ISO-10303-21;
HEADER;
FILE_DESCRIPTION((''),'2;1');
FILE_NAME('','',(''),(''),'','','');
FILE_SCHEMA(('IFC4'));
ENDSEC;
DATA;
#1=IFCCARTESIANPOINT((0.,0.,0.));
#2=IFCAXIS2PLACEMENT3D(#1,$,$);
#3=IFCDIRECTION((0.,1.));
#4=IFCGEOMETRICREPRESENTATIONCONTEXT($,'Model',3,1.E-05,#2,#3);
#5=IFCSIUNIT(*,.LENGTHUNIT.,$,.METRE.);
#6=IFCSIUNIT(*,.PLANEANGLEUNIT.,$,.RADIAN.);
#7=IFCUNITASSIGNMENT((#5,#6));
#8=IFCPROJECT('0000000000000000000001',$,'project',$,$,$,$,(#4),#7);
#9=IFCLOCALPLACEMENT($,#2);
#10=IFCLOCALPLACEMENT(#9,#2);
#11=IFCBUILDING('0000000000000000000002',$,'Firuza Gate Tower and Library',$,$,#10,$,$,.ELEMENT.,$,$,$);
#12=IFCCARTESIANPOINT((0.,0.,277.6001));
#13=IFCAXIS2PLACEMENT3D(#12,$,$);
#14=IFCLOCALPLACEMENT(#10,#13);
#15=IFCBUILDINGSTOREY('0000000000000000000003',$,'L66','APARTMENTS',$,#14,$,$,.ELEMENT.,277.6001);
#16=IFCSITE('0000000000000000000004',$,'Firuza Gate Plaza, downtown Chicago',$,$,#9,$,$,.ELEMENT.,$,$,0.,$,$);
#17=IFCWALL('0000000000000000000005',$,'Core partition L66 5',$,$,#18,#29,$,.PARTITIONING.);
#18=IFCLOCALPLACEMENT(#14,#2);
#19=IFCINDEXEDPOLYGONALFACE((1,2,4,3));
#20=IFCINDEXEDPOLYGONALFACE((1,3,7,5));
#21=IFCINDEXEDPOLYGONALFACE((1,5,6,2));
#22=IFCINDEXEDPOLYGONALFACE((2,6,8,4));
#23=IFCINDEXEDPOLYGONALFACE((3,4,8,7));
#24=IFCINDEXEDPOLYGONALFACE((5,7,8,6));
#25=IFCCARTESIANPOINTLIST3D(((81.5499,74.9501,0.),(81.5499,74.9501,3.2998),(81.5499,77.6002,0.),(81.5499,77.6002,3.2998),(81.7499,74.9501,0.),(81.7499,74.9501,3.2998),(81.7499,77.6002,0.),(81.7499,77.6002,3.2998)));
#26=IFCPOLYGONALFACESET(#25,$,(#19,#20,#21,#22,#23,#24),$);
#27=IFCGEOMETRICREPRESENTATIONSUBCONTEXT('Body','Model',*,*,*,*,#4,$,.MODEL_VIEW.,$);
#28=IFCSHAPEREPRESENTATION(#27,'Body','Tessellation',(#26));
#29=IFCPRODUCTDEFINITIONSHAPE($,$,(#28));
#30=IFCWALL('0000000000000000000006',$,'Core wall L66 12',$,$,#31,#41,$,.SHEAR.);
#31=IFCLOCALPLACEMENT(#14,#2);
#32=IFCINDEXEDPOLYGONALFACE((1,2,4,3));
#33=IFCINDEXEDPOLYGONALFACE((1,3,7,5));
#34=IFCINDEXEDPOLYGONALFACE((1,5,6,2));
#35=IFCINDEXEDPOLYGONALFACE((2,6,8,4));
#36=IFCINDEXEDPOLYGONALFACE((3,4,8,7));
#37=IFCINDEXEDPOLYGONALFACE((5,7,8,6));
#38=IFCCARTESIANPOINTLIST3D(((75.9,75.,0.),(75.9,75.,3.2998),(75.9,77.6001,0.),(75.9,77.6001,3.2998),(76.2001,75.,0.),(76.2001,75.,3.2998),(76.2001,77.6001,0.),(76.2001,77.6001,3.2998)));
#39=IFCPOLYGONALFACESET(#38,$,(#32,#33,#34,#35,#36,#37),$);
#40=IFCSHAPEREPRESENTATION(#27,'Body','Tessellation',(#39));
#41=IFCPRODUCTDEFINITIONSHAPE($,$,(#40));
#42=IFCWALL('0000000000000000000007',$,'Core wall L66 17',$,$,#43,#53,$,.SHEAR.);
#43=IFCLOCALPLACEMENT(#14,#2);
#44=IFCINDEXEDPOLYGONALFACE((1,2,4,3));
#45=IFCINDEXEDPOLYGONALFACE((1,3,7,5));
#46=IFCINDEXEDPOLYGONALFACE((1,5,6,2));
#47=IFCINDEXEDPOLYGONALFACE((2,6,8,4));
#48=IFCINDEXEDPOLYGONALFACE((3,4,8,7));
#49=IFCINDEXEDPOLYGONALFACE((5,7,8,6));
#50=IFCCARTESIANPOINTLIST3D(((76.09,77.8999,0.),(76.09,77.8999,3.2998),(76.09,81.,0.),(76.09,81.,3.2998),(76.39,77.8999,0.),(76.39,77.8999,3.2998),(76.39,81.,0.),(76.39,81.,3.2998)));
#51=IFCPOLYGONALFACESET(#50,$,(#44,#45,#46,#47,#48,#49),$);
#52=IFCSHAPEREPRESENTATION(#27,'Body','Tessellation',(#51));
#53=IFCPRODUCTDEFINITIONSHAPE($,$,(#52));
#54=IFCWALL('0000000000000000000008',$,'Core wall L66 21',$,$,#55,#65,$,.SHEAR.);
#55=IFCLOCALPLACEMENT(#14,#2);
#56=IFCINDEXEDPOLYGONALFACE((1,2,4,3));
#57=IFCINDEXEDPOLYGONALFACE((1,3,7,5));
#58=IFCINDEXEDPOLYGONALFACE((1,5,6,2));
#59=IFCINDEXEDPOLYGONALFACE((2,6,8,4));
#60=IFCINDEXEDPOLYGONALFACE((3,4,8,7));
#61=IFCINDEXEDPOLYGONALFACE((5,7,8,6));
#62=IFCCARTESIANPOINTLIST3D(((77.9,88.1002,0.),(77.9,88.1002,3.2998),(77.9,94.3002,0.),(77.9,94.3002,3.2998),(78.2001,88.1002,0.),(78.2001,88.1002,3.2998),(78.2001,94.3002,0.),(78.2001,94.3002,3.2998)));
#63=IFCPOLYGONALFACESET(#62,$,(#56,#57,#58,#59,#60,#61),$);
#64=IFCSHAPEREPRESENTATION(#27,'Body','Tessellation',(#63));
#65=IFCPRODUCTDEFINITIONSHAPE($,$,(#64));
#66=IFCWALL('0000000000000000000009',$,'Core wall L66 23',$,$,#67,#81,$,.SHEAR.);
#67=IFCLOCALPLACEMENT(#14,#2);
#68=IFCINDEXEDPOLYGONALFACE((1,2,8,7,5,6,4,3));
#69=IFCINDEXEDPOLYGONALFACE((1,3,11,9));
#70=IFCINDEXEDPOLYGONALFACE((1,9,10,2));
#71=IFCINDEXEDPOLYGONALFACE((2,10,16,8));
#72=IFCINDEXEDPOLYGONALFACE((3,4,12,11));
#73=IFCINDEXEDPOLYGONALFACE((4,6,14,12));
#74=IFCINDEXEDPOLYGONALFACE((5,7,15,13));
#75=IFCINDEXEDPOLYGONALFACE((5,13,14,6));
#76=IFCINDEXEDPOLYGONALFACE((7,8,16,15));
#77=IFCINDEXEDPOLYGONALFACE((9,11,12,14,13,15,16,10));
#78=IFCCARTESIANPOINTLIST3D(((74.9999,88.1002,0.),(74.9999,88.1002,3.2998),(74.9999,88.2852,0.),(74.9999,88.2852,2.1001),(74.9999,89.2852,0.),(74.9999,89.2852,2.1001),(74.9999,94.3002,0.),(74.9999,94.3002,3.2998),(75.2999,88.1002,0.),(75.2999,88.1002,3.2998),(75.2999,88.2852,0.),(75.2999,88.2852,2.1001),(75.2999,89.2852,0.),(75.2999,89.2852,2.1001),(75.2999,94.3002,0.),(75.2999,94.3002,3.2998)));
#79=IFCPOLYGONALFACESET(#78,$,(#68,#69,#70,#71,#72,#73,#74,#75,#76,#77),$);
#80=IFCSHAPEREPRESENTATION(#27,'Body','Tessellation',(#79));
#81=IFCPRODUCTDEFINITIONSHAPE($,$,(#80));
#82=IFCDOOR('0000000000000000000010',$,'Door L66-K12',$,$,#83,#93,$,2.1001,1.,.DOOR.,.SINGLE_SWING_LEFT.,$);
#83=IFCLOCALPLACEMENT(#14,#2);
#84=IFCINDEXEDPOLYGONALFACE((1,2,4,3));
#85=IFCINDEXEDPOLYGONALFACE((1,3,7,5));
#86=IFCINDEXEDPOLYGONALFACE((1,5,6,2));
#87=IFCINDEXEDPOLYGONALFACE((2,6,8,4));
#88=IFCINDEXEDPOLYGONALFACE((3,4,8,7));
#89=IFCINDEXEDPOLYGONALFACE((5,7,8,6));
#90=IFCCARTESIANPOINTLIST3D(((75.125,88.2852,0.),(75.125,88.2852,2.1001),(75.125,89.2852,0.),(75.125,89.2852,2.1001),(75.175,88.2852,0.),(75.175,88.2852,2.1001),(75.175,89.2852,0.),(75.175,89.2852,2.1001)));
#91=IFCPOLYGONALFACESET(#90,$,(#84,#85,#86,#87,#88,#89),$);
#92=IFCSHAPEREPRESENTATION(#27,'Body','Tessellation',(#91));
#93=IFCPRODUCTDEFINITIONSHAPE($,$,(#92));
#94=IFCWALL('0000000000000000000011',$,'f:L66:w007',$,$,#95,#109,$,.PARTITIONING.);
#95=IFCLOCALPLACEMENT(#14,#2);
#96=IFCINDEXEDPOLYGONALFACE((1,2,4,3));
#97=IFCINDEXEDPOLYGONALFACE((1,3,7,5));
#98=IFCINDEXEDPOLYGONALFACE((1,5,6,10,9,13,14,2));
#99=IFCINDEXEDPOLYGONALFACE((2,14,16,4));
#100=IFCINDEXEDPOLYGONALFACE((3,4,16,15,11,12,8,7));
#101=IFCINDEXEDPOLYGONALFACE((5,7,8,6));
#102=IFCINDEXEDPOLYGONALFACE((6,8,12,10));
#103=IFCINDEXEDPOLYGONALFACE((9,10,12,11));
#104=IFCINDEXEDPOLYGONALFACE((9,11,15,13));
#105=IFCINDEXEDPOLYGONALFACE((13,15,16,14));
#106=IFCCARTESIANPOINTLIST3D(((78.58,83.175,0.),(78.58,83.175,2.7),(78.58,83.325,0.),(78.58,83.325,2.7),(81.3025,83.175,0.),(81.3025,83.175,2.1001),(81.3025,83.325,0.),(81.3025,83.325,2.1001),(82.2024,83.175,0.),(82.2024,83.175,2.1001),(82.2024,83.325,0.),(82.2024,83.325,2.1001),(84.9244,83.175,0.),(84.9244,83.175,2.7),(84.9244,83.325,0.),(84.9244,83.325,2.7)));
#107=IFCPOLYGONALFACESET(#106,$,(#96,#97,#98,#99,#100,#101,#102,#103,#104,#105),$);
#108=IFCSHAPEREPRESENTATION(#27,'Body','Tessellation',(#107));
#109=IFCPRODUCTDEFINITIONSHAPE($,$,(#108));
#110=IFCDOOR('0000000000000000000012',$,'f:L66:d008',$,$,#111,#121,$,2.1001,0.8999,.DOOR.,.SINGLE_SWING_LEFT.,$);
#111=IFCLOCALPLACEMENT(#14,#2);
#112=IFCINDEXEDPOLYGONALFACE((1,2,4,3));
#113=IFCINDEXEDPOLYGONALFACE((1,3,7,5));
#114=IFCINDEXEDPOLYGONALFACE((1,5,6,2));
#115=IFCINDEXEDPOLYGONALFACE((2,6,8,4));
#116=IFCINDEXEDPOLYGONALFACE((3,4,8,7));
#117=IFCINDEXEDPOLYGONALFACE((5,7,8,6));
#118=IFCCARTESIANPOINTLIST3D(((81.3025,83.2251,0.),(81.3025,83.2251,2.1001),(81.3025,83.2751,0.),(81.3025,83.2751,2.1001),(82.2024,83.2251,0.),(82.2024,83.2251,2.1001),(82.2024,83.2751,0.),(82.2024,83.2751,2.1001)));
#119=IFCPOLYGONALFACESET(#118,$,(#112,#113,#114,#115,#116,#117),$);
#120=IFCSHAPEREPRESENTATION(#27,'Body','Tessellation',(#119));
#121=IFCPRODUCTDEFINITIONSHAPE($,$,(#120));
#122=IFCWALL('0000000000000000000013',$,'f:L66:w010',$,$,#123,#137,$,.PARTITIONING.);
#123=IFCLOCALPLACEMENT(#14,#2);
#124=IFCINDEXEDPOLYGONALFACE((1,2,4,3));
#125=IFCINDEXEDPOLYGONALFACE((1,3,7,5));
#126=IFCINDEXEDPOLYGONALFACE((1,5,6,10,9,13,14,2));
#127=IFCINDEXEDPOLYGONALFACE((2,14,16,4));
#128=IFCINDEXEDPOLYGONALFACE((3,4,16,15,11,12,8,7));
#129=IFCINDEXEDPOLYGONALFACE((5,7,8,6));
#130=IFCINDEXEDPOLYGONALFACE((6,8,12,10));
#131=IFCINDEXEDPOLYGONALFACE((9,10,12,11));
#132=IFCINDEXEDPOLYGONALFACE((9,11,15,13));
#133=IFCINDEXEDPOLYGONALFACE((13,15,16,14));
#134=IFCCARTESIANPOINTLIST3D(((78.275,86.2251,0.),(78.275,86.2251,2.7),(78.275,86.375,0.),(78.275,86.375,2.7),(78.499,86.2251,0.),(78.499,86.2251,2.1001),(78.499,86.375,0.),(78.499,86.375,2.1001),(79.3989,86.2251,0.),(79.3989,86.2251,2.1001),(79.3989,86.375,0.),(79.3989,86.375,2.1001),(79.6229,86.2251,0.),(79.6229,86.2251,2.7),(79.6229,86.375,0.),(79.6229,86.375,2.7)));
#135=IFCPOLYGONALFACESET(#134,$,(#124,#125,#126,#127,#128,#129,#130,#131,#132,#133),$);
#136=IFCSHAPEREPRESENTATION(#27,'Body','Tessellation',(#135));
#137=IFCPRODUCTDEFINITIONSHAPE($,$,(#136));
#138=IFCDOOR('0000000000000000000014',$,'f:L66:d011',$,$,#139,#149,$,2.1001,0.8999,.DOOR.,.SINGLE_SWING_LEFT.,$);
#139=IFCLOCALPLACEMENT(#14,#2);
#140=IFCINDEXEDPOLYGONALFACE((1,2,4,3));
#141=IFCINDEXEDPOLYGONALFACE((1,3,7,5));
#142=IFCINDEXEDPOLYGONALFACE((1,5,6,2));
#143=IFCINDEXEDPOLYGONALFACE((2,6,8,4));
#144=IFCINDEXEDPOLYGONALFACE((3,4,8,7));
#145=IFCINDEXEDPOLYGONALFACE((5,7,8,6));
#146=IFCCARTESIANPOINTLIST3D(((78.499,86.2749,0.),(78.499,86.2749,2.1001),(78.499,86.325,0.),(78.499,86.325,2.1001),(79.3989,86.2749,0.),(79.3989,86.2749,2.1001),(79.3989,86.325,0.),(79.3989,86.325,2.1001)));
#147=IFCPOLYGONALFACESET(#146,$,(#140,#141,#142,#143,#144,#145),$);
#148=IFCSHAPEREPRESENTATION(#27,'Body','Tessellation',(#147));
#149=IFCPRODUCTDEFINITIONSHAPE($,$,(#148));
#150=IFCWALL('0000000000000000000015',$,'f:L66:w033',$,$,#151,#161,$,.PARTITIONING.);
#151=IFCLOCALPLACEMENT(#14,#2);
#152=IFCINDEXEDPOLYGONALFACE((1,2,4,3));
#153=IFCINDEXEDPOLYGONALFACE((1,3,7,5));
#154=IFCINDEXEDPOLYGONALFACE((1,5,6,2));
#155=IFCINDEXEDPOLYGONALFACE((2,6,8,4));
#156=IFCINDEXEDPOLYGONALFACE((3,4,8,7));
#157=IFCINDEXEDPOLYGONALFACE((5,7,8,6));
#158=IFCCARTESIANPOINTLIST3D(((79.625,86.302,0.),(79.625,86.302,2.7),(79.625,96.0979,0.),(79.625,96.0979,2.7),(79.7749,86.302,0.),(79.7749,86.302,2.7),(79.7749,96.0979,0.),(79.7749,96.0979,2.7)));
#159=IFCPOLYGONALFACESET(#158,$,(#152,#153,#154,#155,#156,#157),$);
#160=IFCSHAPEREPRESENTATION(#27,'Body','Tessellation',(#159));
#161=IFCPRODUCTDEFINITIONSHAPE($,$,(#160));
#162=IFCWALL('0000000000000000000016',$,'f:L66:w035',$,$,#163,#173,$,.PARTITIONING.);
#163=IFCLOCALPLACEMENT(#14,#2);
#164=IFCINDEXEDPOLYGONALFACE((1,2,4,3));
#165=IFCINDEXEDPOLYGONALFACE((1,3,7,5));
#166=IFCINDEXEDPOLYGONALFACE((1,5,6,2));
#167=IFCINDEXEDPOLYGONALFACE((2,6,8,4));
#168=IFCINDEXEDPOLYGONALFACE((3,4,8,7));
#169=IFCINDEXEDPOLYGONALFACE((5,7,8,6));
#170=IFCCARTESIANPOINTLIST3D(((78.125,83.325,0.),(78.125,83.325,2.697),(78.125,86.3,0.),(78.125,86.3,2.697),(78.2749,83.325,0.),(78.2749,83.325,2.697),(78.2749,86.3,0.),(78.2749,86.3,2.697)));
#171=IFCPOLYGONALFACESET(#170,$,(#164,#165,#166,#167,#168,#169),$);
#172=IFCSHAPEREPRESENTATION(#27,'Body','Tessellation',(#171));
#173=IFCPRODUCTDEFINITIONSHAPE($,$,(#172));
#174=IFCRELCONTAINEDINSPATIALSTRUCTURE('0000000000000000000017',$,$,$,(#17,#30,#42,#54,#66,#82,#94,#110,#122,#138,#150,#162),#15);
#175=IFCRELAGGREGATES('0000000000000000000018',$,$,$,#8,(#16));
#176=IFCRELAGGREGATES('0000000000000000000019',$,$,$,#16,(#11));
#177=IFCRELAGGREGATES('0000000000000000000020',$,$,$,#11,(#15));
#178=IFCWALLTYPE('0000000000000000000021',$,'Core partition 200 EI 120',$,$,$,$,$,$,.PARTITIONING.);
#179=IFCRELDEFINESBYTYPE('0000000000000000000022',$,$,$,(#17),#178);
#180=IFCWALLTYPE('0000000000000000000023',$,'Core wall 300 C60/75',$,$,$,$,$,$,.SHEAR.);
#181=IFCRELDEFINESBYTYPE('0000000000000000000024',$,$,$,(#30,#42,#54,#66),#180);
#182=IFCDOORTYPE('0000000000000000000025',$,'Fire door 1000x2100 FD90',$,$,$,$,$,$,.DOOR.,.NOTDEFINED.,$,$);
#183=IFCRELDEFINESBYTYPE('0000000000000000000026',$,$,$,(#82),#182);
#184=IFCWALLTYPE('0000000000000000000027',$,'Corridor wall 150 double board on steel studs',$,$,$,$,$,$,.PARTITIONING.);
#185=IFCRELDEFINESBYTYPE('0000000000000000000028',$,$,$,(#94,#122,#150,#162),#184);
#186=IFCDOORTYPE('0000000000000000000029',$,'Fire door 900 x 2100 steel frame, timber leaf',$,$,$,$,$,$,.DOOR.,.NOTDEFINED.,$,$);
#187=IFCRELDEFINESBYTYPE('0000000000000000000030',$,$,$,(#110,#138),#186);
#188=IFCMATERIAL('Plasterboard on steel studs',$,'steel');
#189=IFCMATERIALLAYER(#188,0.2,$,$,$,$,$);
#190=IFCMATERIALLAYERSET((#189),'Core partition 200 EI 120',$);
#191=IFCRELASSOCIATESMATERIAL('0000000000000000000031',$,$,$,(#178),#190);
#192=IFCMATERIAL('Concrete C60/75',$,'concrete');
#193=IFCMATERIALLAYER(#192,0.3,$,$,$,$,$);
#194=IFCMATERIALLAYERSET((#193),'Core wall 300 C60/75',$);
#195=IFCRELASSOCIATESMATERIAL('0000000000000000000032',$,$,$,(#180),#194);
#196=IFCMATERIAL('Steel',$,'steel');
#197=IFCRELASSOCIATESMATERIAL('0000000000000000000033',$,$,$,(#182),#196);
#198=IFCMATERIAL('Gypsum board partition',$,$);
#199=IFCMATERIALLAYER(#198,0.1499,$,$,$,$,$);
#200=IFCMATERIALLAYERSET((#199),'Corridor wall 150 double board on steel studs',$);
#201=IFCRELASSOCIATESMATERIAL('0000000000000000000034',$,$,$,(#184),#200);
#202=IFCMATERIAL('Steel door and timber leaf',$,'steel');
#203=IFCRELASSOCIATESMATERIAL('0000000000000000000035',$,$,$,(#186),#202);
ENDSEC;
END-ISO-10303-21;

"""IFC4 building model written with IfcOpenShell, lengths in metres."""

from ifc_helpers import new_model, si_unit, direction, frame, frame_2d, origin, place, context, subcontext, project, spatial, rectangle, extrude, material, layer, layer_set, type_object, element, fill, save


model = new_model("IFC4")

# Units and contexts
model_context = context("Model", 3, precision=1e-05, world=origin(), true_north=direction((0.0, 1.0)))
body_context = subcontext(model_context, "Body", "Model", "MODEL_VIEW")
ifc_project = project(units=[si_unit("LENGTHUNIT", "METRE"), si_unit("PLANEANGLEUNIT", "RADIAN")], contexts=[model_context])

# Site, building, storey
site_placement = place(None, origin())
site = spatial("IfcSite", under=ifc_project, at=site_placement, Name="Firuza Gate Plaza, downtown Chicago", CompositionType="ELEMENT", RefElevation=0.0)
building_placement = place(site_placement, origin())
building = spatial("IfcBuilding", under=site, at=building_placement, Name="Firuza Gate Tower and Library", CompositionType="ELEMENT")
storey_placement = place(building_placement, frame((0.0, 0.0, 277.6001)))
storey = spatial("IfcBuildingStorey", under=building, at=storey_placement, Name="L66", Description="APARTMENTS", CompositionType="ELEMENT", Elevation=277.6001)

# Shared definitions
ifc_material_1 = material(Name="Plasterboard on steel studs", Category="steel")
ifc_layer_1 = layer(ifc_material_1, 0.2)
ifc_layer_set_1 = layer_set([ifc_layer_1], Name="Core partition 200 EI 120")
wall_type_1 = type_object("IfcWallType", Name="Core partition 200 EI 120", PredefinedType="PARTITIONING", material=ifc_layer_set_1)

# Walls
wall_1_placement = place(storey_placement, frame((81.6499, 74.95, 0.0), z_axis=(0.0, 0.0, 1.0), x_axis=(0.0, 1.0, 0.0)))
element("IfcWall", 1, at=wall_1_placement, inside=storey, type_object=wall_type_1, Name="Core partition L66 5", PredefinedType="PARTITIONING", context=body_context, shape_type="SweptSolid", body=[
    extrude(rectangle(XDim=2.6501, YDim=0.2, at=frame_2d((1.3252, 0.0))), origin(), (0.0, 0.0, 1.0), 3.2998),
])
ifc_material_2 = material(Name="Concrete C60/75", Category="concrete")
ifc_layer_2 = layer(ifc_material_2, 0.3)
ifc_layer_set_2 = layer_set([ifc_layer_2], Name="Core wall 300 C60/75")
wall_type_2 = type_object("IfcWallType", Name="Core wall 300 C60/75", PredefinedType="SHEAR", material=ifc_layer_set_2)
wall_2_placement = place(storey_placement, frame((76.05, 75.0, 0.0), z_axis=(0.0, 0.0, 1.0), x_axis=(0.0, 1.0, 0.0)))
element("IfcWall", 2, at=wall_2_placement, inside=storey, type_object=wall_type_2, Name="Core wall L66 12", PredefinedType="SHEAR", context=body_context, shape_type="SweptSolid", body=[
    extrude(rectangle(XDim=2.6001, YDim=0.3, at=frame_2d((1.3, 0.0))), origin(), (0.0, 0.0, 1.0), 3.2998),
])
wall_3_placement = place(storey_placement, frame((76.24, 77.8999, 0.0), z_axis=(0.0, 0.0, 1.0), x_axis=(0.0, 1.0, 0.0)))
element("IfcWall", 3, at=wall_3_placement, inside=storey, type_object=wall_type_2, Name="Core wall L66 17", PredefinedType="SHEAR", context=body_context, shape_type="SweptSolid", body=[
    extrude(rectangle(XDim=3.1001, YDim=0.3, at=frame_2d((1.55, 0.0))), origin(), (0.0, 0.0, 1.0), 3.2998),
])
wall_4_placement = place(storey_placement, frame((78.05, 88.1001, 0.0), z_axis=(0.0, 0.0, 1.0), x_axis=(0.0, 1.0, 0.0)))
element("IfcWall", 4, at=wall_4_placement, inside=storey, type_object=wall_type_2, Name="Core wall L66 21", PredefinedType="SHEAR", context=body_context, shape_type="SweptSolid", body=[
    extrude(rectangle(XDim=6.2, YDim=0.3, at=frame_2d((3.1001, 0.0))), origin(), (0.0, 0.0, 1.0), 3.2998),
])

# Walls, openings, doors
wall_5_placement = place(storey_placement, frame((75.1499, 88.1001, 0.0), z_axis=(0.0, 0.0, 1.0), x_axis=(0.0, 1.0, 0.0)))
wall_5 = element("IfcWall", 5, at=wall_5_placement, inside=storey, type_object=wall_type_2, Name="Core wall L66 23", PredefinedType="SHEAR", context=body_context, shape_type="SweptSolid", body=[
    extrude(rectangle(XDim=6.2, YDim=0.3, at=frame_2d((3.1001, 0.0))), origin(), (0.0, 0.0, 1.0), 3.2998),
])
opening_1_placement = place(wall_5_placement, frame((0.1851, 0.0, 0.0)))
opening_1 = element("IfcOpeningElement", 6, at=opening_1_placement, cuts=wall_5, PredefinedType="OPENING", context=body_context, shape_type="SweptSolid", body=[
    extrude(rectangle(XDim=1.0, YDim=2.1001, at=frame_2d((0.5, 1.05))), frame((0.0, 0.1602, 0.0), z_axis=(0.0, -1.0, 0.0), x_axis=(1.0, 0.0, 0.0)), (0.0, 0.0, 1.0), 0.3201),
])
ifc_material_3 = material(Name="Steel", Category="steel")
door_type_1 = type_object("IfcDoorType", Name="Fire door 1000x2100 FD90", OperationType="NOTDEFINED", PredefinedType="DOOR", material=ifc_material_3)
door_1_placement = place(opening_1_placement, origin())
door_1 = element("IfcDoor", 7, at=door_1_placement, inside=storey, type_object=door_type_1, Name="Door L66-K12", OperationType="SINGLE_SWING_LEFT", OverallHeight=2.1001, OverallWidth=1.0, PredefinedType="DOOR", context=body_context, shape_type="SweptSolid", body=[
    extrude(rectangle(XDim=1.0, YDim=2.1001, at=frame_2d((0.5, 1.05))), frame((0.0, 0.0249, 0.0), z_axis=(0.0, -1.0, 0.0), x_axis=(1.0, 0.0, 0.0)), (0.0, 0.0, 1.0), 0.05),
])
fill(opening_1, door_1)
ifc_material_4 = material(Name="Gypsum board partition")
ifc_layer_3 = layer(ifc_material_4, 0.1499)
ifc_layer_set_3 = layer_set([ifc_layer_3], Name="Corridor wall 150 double board on steel studs")
wall_type_3 = type_object("IfcWallType", Name="Corridor wall 150 double board on steel studs", PredefinedType="PARTITIONING", material=ifc_layer_set_3)
wall_6_placement = place(storey_placement, frame((84.9246, 83.25, 0.0), z_axis=(0.0, 0.0, 1.0), x_axis=(-1.0, 0.0, 0.0)))
wall_6 = element("IfcWall", 8, at=wall_6_placement, inside=storey, type_object=wall_type_3, Name="f:L66:w007", PredefinedType="PARTITIONING", context=body_context, shape_type="SweptSolid", body=[
    extrude(rectangle(XDim=6.3445, YDim=0.1499, at=frame_2d((3.1724, 0.0))), origin(), (0.0, 0.0, 1.0), 2.7),
])
opening_2_placement = place(wall_6_placement, frame((2.7222, 0.0, 0.0)))
opening_2 = element("IfcOpeningElement", 9, at=opening_2_placement, cuts=wall_6, PredefinedType="OPENING", context=body_context, shape_type="SweptSolid", body=[
    extrude(rectangle(XDim=0.8999, YDim=2.1001, at=frame_2d((0.45, 1.05))), frame((0.0, 0.085, 0.0), z_axis=(0.0, -1.0, 0.0), x_axis=(1.0, 0.0, 0.0)), (0.0, 0.0, 1.0), 0.1699),
])
ifc_material_5 = material(Name="Steel door and timber leaf", Category="steel")
door_type_2 = type_object("IfcDoorType", Name="Fire door 900 x 2100 steel frame, timber leaf", OperationType="NOTDEFINED", PredefinedType="DOOR", material=ifc_material_5)
door_2_placement = place(opening_2_placement, origin())
door_2 = element("IfcDoor", 10, at=door_2_placement, inside=storey, type_object=door_type_2, Name="f:L66:d008", OperationType="SINGLE_SWING_LEFT", OverallHeight=2.1001, OverallWidth=0.8999, PredefinedType="DOOR", context=body_context, shape_type="SweptSolid", body=[
    extrude(rectangle(XDim=0.8999, YDim=2.1001, at=frame_2d((0.45, 1.05))), frame((0.0, 0.0249, 0.0), z_axis=(0.0, -1.0, 0.0), x_axis=(1.0, 0.0, 0.0)), (0.0, 0.0, 1.0), 0.05),
])
fill(opening_2, door_2)
wall_7_placement = place(storey_placement, frame((78.2751, 86.3, 0.0), z_axis=(0.0, 0.0, 1.0), x_axis=(1.0, 0.0, 0.0)))
wall_7 = element("IfcWall", 11, at=wall_7_placement, inside=storey, type_object=wall_type_3, Name="f:L66:w010", PredefinedType="PARTITIONING", context=body_context, shape_type="SweptSolid", body=[
    extrude(rectangle(XDim=1.3479, YDim=0.1499, at=frame_2d((0.6738, 0.0))), origin(), (0.0, 0.0, 1.0), 2.7),
])
opening_3_placement = place(wall_7_placement, frame((0.2239, 0.0, 0.0)))
opening_3 = element("IfcOpeningElement", 12, at=opening_3_placement, cuts=wall_7, PredefinedType="OPENING", context=body_context, shape_type="SweptSolid", body=[
    extrude(rectangle(XDim=0.8999, YDim=2.1001, at=frame_2d((0.45, 1.05))), frame((0.0, 0.085, 0.0), z_axis=(0.0, -1.0, 0.0), x_axis=(1.0, 0.0, 0.0)), (0.0, 0.0, 1.0), 0.1699),
])
door_3_placement = place(opening_3_placement, origin())
door_3 = element("IfcDoor", 13, at=door_3_placement, inside=storey, type_object=door_type_2, Name="f:L66:d011", OperationType="SINGLE_SWING_LEFT", OverallHeight=2.1001, OverallWidth=0.8999, PredefinedType="DOOR", context=body_context, shape_type="SweptSolid", body=[
    extrude(rectangle(XDim=0.8999, YDim=2.1001, at=frame_2d((0.45, 1.05))), frame((0.0, 0.0249, 0.0), z_axis=(0.0, -1.0, 0.0), x_axis=(1.0, 0.0, 0.0)), (0.0, 0.0, 1.0), 0.05),
])
fill(opening_3, door_3)

# Walls
wall_8_placement = place(storey_placement, frame((79.7, 86.302, 0.0), z_axis=(0.0, 0.0, 1.0), x_axis=(0.0, 1.0, 0.0)))
element("IfcWall", 14, at=wall_8_placement, inside=storey, type_object=wall_type_3, Name="f:L66:w033", PredefinedType="PARTITIONING", context=body_context, shape_type="SweptSolid", body=[
    extrude(rectangle(XDim=9.7959, YDim=0.1499, at=frame_2d((4.8979, 0.0))), origin(), (0.0, 0.0, 1.0), 2.7),
])
wall_9_placement = place(storey_placement, frame((78.2, 83.325, 0.0), z_axis=(0.0, 0.0, 1.0), x_axis=(0.0, 1.0, 0.0)))
element("IfcWall", 15, at=wall_9_placement, inside=storey, type_object=wall_type_3, Name="f:L66:w035", PredefinedType="PARTITIONING", context=body_context, shape_type="SweptSolid", body=[
    extrude(rectangle(XDim=2.9751, YDim=0.1499, at=frame_2d((1.4875, 0.0))), origin(), (0.0, 0.0, 1.0), 2.697),
])

save(model, "model.ifc")
